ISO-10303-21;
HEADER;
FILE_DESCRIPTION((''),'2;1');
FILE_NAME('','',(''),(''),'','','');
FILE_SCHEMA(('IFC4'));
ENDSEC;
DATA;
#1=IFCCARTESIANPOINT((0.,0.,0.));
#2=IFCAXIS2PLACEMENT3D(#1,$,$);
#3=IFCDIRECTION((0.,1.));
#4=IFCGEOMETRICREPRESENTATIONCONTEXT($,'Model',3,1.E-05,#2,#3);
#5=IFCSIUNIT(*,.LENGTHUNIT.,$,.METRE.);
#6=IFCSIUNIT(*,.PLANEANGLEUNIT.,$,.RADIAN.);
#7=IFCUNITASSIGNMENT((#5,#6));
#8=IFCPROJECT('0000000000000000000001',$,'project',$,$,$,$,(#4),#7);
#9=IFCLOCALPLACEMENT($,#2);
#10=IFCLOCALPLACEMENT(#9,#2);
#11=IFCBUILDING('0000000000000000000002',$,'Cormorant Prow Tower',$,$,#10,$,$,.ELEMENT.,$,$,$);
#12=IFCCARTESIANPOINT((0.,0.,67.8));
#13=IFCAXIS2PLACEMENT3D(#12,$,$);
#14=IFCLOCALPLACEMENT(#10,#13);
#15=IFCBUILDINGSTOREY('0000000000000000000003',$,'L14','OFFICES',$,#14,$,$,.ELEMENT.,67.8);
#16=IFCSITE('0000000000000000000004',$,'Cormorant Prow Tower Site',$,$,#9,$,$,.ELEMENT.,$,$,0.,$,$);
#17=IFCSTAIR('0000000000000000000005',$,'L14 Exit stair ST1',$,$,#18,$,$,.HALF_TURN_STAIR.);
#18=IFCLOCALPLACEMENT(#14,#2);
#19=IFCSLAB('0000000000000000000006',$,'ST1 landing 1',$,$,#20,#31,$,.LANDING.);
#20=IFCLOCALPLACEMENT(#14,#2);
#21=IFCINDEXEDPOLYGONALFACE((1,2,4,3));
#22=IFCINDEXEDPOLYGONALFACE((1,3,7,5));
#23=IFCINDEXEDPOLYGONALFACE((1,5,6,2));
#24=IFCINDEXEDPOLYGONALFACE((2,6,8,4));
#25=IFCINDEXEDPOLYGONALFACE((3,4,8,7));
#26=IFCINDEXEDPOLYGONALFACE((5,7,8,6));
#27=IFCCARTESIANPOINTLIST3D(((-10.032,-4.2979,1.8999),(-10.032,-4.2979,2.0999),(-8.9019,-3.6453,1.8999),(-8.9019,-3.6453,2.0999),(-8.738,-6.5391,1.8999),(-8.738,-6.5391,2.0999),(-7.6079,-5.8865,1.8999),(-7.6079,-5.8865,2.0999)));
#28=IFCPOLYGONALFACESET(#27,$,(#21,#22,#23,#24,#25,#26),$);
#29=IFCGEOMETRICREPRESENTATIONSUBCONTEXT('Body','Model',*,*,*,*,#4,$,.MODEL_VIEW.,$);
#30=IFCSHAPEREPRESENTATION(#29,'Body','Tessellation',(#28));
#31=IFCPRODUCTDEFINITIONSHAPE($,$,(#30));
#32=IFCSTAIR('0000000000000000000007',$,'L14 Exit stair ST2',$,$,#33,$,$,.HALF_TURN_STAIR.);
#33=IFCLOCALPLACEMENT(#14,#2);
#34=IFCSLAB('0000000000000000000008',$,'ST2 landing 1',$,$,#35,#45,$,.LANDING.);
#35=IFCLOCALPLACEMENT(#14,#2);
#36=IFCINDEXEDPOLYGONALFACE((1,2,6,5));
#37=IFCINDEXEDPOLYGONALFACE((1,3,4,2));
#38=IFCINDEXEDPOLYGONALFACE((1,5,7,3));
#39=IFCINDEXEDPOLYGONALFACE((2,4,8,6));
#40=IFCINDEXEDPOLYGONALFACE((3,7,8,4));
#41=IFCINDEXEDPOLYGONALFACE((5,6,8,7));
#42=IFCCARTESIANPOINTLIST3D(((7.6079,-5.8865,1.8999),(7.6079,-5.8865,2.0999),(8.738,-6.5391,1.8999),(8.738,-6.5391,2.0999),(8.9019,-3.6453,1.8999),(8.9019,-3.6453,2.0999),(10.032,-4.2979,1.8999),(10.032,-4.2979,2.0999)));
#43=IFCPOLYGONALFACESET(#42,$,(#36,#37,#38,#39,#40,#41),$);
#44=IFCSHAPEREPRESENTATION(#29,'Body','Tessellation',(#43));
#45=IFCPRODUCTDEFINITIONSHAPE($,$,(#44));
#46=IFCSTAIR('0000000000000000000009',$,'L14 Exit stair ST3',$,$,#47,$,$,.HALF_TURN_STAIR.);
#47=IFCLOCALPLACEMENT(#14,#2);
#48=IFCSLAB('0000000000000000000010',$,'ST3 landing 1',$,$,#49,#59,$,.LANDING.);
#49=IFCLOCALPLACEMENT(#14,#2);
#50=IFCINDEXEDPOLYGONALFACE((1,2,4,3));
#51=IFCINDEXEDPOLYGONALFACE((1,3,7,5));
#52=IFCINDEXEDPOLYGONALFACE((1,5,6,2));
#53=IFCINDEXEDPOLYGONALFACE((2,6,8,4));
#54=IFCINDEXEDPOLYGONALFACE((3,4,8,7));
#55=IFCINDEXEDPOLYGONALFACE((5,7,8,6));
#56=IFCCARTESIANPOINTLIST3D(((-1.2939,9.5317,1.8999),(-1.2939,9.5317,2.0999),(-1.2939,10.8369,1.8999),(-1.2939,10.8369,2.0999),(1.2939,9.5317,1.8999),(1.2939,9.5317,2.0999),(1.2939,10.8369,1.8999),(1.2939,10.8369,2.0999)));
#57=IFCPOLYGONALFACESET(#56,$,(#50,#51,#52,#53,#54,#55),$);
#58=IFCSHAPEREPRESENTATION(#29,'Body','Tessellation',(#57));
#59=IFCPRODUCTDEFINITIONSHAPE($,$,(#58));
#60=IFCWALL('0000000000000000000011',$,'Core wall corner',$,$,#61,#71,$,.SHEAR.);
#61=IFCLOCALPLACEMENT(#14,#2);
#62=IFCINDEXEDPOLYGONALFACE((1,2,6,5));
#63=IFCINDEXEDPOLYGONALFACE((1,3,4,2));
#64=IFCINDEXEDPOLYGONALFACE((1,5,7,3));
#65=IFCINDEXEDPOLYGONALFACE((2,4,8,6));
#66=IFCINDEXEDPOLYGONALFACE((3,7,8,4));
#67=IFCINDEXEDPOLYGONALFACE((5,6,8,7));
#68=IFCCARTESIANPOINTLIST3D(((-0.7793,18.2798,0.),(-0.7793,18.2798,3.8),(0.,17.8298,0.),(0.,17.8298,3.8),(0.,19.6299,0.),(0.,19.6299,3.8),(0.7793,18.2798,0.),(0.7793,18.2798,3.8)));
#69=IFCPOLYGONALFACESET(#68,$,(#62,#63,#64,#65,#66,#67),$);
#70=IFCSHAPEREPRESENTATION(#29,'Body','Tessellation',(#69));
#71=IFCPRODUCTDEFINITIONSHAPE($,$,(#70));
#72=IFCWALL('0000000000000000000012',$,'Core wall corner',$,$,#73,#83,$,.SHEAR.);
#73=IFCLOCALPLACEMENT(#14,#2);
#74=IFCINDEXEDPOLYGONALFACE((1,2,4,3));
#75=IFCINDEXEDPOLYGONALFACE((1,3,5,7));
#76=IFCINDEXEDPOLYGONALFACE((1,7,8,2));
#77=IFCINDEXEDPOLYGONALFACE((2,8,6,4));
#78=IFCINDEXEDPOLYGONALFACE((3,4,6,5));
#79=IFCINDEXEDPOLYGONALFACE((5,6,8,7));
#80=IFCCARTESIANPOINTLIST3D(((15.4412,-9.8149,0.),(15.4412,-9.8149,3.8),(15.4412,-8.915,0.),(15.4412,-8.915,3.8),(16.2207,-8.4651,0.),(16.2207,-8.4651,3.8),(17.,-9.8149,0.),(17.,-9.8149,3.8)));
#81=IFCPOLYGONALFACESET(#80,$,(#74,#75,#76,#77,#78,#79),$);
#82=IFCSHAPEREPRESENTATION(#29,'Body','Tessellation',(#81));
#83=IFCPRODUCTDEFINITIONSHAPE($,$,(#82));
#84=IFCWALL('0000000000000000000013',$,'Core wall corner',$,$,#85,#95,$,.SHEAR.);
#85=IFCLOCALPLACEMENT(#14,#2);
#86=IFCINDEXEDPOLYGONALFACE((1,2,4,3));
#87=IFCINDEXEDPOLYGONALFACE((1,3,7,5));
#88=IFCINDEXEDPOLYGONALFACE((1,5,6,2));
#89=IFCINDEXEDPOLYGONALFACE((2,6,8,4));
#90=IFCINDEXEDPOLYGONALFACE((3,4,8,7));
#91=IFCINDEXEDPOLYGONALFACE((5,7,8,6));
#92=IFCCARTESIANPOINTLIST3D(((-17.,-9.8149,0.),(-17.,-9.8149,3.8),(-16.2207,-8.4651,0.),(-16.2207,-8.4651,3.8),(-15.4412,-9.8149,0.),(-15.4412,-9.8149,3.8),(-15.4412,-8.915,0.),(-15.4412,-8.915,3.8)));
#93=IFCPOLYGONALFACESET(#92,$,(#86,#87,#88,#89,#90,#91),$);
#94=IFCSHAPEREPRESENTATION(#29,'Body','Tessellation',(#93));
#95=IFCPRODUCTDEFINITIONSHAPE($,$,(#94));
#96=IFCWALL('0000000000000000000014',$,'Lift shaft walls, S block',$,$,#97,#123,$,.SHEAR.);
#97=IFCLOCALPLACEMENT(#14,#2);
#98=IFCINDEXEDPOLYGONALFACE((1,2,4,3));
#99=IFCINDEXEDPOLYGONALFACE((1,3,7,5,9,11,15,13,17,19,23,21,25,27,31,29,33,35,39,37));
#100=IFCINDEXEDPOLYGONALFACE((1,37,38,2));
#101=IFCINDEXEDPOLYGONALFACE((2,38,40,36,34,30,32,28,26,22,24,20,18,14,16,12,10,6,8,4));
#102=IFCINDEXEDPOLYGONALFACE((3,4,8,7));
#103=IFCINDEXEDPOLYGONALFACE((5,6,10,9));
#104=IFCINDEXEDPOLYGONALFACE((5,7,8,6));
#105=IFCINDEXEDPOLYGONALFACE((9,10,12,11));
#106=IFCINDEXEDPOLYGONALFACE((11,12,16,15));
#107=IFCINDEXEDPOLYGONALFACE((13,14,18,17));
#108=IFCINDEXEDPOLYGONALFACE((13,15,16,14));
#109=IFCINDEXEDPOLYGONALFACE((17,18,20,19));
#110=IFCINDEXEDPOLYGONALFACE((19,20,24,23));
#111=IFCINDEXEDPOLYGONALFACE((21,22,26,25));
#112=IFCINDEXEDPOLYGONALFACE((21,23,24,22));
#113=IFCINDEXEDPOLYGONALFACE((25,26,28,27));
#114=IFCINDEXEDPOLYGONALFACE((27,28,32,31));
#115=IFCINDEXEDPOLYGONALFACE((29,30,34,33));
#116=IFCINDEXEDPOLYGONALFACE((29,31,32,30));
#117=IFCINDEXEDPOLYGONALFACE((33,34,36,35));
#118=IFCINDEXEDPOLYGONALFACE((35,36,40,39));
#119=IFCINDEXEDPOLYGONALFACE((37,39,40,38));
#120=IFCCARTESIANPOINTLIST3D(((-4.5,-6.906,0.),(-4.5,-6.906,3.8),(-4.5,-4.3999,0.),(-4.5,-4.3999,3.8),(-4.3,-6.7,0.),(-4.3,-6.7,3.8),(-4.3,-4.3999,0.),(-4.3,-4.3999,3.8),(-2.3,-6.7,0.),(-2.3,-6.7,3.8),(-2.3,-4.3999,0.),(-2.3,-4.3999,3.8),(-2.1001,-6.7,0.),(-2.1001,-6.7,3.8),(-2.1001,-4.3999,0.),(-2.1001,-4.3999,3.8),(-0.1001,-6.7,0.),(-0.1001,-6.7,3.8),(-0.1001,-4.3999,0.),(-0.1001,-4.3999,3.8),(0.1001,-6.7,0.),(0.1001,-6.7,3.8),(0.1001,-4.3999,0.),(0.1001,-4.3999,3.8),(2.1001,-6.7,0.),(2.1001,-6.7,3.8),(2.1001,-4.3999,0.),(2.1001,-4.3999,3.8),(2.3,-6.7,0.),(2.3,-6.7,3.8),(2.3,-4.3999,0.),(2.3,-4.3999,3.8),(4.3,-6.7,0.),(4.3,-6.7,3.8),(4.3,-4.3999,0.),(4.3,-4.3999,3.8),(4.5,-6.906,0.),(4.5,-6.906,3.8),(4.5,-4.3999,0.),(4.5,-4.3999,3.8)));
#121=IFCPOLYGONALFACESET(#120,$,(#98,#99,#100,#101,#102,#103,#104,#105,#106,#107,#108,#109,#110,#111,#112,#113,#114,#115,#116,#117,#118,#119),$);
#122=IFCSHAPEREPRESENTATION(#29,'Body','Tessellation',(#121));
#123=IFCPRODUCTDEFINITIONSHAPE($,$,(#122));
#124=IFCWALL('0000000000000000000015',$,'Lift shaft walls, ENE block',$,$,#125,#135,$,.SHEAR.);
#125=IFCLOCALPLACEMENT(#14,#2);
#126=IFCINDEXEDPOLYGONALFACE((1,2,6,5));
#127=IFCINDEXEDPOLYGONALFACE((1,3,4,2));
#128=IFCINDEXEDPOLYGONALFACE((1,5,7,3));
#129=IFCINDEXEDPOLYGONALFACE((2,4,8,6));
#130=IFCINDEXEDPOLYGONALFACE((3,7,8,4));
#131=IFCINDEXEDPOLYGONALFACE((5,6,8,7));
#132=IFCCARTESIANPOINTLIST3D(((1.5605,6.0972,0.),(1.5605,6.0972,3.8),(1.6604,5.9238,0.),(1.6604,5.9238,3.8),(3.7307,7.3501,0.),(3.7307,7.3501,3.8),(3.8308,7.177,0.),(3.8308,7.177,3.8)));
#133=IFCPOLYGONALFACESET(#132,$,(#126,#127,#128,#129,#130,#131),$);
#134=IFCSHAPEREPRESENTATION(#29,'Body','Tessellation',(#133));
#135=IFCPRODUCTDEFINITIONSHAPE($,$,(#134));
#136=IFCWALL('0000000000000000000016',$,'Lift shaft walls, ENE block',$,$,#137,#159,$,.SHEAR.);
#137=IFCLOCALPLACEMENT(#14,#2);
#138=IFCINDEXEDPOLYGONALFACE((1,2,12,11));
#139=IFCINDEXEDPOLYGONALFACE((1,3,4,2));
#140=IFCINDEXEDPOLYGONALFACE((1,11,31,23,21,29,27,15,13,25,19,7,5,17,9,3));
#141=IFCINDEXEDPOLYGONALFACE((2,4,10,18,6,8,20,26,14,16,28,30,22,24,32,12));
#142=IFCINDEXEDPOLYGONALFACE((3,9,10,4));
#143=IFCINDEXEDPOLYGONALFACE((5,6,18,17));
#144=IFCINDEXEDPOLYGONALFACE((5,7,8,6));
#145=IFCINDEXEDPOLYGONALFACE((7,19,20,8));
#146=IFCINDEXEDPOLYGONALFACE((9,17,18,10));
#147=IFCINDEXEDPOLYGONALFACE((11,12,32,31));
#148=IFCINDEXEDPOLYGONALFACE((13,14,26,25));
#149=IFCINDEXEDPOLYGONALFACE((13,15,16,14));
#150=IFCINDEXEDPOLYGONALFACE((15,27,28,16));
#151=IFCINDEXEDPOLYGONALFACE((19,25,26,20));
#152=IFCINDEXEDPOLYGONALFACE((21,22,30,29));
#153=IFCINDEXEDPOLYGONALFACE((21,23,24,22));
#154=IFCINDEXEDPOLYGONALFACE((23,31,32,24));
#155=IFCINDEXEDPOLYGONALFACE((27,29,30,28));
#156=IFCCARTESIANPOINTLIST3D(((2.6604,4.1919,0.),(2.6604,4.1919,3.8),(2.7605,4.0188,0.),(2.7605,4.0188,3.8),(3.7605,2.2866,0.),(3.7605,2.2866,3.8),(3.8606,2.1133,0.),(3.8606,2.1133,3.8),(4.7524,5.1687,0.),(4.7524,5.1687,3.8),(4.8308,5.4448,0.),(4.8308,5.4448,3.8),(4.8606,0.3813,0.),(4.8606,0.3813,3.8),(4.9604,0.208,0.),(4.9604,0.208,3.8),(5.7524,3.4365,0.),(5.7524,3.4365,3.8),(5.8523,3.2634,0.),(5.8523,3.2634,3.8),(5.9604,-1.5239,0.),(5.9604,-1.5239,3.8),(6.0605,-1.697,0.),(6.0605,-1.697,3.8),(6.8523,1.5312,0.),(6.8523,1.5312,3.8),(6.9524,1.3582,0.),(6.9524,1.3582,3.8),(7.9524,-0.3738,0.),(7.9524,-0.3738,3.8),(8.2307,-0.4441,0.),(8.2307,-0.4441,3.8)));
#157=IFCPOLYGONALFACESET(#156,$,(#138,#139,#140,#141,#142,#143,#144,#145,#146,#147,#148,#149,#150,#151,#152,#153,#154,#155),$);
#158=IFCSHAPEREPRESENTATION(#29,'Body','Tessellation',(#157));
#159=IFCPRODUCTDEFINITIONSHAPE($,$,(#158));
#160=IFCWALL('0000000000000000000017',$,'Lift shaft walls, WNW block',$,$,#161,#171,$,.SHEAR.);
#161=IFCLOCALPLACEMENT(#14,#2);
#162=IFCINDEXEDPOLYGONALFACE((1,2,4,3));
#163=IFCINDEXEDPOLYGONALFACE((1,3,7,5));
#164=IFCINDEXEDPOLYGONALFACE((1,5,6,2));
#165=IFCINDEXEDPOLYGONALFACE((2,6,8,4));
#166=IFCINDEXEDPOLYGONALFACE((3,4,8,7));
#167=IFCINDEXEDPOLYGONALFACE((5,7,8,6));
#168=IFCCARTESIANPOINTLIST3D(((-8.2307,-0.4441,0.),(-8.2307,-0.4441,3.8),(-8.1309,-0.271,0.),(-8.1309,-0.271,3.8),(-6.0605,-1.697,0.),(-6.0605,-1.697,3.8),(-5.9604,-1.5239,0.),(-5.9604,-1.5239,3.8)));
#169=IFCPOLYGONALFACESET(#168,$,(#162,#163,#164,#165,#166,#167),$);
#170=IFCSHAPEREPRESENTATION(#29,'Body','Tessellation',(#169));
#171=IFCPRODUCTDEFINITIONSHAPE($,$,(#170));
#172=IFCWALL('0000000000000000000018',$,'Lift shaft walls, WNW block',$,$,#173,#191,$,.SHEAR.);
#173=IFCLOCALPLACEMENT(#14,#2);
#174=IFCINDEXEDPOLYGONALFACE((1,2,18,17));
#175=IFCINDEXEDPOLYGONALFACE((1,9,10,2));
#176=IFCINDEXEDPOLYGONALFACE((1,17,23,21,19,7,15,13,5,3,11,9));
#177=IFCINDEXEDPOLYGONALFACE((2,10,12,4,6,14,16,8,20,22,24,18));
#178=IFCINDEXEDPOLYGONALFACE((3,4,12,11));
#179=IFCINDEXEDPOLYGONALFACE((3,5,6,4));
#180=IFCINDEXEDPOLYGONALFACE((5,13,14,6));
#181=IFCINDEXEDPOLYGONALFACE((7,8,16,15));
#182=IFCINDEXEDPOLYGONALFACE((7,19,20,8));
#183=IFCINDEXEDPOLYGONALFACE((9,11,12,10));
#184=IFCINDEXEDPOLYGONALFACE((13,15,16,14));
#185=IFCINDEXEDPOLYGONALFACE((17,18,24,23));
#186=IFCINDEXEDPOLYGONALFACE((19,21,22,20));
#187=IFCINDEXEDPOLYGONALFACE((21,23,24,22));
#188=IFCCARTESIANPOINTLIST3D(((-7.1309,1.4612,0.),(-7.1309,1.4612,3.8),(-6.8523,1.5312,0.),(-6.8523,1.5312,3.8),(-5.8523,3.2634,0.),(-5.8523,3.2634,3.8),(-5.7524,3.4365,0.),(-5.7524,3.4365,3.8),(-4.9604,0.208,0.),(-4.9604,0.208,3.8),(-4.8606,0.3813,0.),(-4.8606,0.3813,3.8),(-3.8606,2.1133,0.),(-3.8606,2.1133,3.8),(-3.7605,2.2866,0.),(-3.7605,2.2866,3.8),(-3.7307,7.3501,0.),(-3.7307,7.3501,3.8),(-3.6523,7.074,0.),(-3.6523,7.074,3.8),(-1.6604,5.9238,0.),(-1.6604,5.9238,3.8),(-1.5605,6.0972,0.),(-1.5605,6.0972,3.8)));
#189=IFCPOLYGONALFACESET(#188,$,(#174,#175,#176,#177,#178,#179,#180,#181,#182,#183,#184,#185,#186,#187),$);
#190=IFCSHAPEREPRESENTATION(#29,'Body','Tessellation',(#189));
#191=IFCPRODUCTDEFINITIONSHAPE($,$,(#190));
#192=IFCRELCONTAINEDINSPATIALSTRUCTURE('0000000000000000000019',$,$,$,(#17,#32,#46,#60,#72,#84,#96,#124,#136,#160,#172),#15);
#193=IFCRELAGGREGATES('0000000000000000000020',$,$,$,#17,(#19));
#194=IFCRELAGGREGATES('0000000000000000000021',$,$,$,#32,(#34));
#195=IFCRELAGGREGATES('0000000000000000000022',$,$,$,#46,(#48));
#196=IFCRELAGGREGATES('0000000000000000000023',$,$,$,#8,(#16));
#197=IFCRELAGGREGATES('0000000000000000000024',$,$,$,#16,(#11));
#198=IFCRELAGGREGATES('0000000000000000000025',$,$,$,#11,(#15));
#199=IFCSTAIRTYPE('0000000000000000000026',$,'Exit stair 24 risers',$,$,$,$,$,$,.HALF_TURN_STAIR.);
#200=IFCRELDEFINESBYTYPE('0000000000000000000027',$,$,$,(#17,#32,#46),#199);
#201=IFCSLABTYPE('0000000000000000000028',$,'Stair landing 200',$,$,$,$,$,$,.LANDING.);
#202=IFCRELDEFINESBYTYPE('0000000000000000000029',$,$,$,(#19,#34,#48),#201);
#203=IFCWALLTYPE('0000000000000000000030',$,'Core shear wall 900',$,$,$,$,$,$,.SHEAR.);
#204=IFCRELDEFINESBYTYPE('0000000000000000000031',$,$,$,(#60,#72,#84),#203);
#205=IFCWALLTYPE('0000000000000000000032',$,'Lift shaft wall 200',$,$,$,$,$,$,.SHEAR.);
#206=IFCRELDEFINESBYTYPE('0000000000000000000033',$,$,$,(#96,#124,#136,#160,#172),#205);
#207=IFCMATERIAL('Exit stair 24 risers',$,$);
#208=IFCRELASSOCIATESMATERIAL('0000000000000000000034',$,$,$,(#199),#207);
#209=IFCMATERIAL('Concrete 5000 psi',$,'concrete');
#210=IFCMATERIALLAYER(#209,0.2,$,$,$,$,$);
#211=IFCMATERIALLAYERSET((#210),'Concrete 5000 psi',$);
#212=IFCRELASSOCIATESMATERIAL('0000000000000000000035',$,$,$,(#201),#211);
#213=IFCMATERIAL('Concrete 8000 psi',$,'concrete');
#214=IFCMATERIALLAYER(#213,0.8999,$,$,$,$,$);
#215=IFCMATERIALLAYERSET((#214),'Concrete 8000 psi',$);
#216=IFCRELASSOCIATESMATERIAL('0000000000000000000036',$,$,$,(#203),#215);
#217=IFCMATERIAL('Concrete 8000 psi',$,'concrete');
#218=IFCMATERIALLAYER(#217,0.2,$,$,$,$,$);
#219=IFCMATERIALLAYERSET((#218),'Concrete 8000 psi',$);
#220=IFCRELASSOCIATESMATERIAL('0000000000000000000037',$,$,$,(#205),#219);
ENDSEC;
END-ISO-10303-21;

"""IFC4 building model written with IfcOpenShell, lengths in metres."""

from ifc_helpers import new_model, si_unit, direction, frame, origin, place, context, subcontext, project, spatial, polyline, outline, extrude, material, layer, layer_set, type_object, element, aggregate, save


model = new_model("IFC4")

# Units and contexts
model_context = context("Model", 3, precision=1e-05, world=origin(), true_north=direction((0.0, 1.0)))
body_context = subcontext(model_context, "Body", "Model", "MODEL_VIEW")
ifc_project = project(units=[si_unit("LENGTHUNIT", "METRE"), si_unit("PLANEANGLEUNIT", "RADIAN")], contexts=[model_context])

# Site, building, storey
site_placement = place(None, origin())
site = spatial("IfcSite", under=ifc_project, at=site_placement, Name="Cormorant Prow Tower Site", CompositionType="ELEMENT", RefElevation=0.0)
building_placement = place(site_placement, origin())
building = spatial("IfcBuilding", under=site, at=building_placement, Name="Cormorant Prow Tower", CompositionType="ELEMENT")
storey_placement = place(building_placement, frame((0.0, 0.0, 67.8)))
storey = spatial("IfcBuildingStorey", under=building, at=storey_placement, Name="L14", Description="OFFICES", CompositionType="ELEMENT", Elevation=67.8)

# Stairs, slabs
ifc_material_1 = material(Name="Exit stair 24 risers")
stair_type = type_object("IfcStairType", Name="Exit stair 24 risers", PredefinedType="HALF_TURN_STAIR", material=ifc_material_1)
stair_1_placement = place(storey_placement, origin())
stair_1 = element("IfcStair", 1, at=stair_1_placement, inside=storey, type_object=stair_type, Name="L14 Exit stair ST1", PredefinedType="HALF_TURN_STAIR")
ifc_material_2 = material(Name="Concrete 5000 psi", Category="concrete")
ifc_layer_1 = layer(ifc_material_2, 0.2)
ifc_layer_set_1 = layer_set([ifc_layer_1], Name="Concrete 5000 psi")
slab_type = type_object("IfcSlabType", Name="Stair landing 200", PredefinedType="LANDING", material=ifc_layer_set_1)
slab_1_placement = place(storey_placement, frame((0.0, 0.0, 1.8999)))
slab_1 = element("IfcSlab", 2, at=slab_1_placement, type_object=slab_type, Name="ST1 landing 1", PredefinedType="LANDING", context=body_context, shape_type="SweptSolid", body=[
    extrude(outline(polyline([(-8.9019, -3.6453), (-10.032, -4.2979), (-8.738, -6.5391), (-7.6079, -5.8865), (-8.9019, -3.6453)])), origin(), (0.0, 0.0, 1.0), 0.2),
])
aggregate(stair_1, [slab_1])
stair_2_placement = place(storey_placement, origin())
stair_2 = element("IfcStair", 3, at=stair_2_placement, inside=storey, type_object=stair_type, Name="L14 Exit stair ST2", PredefinedType="HALF_TURN_STAIR")
slab_2_placement = place(storey_placement, frame((0.0, 0.0, 1.8999)))
slab_2 = element("IfcSlab", 4, at=slab_2_placement, type_object=slab_type, Name="ST2 landing 1", PredefinedType="LANDING", context=body_context, shape_type="SweptSolid", body=[
    extrude(outline(polyline([(7.6079, -5.8865), (8.738, -6.5391), (10.032, -4.2979), (8.9019, -3.6453), (7.6079, -5.8865)])), origin(), (0.0, 0.0, 1.0), 0.2),
])
aggregate(stair_2, [slab_2])
stair_3_placement = place(storey_placement, origin())
stair_3 = element("IfcStair", 5, at=stair_3_placement, inside=storey, type_object=stair_type, Name="L14 Exit stair ST3", PredefinedType="HALF_TURN_STAIR")
slab_3_placement = place(storey_placement, frame((0.0, 0.0, 1.8999)))
slab_3 = element("IfcSlab", 6, at=slab_3_placement, type_object=slab_type, Name="ST3 landing 1", PredefinedType="LANDING", context=body_context, shape_type="SweptSolid", body=[
    extrude(outline(polyline([(1.2939, 9.5317), (1.2939, 10.8369), (-1.2939, 10.8369), (-1.2939, 9.5317), (1.2939, 9.5317)])), origin(), (0.0, 0.0, 1.0), 0.2),
])
aggregate(stair_3, [slab_3])

# Walls
ifc_material_3 = material(Name="Concrete 8000 psi", Category="concrete")
ifc_layer_2 = layer(ifc_material_3, 0.8999)
ifc_layer_set_2 = layer_set([ifc_layer_2], Name="Concrete 8000 psi")
wall_type_1 = type_object("IfcWallType", Name="Core shear wall 900", PredefinedType="SHEAR", material=ifc_layer_set_2)
wall_1_placement = place(storey_placement, origin())
element("IfcWall", 7, at=wall_1_placement, inside=storey, type_object=wall_type_1, Name="Core wall corner", PredefinedType="SHEAR", context=body_context, shape_type="SweptSolid", body=[
    extrude(outline(polyline([(-0.7793, 18.2798), (0.0, 19.6299), (0.7793, 18.2798), (0.0, 17.8298), (-0.7793, 18.2798)])), origin(), (0.0, 0.0, 1.0), 3.8),
])
wall_2_placement = place(storey_placement, origin())
element("IfcWall", 8, at=wall_2_placement, inside=storey, type_object=wall_type_1, Name="Core wall corner", PredefinedType="SHEAR", context=body_context, shape_type="SweptSolid", body=[
    extrude(outline(polyline([(15.4412, -9.8149), (15.4412, -8.915), (16.2207, -8.4651), (17.0, -9.8149), (15.4412, -9.8149)])), origin(), (0.0, 0.0, 1.0), 3.8),
])
wall_3_placement = place(storey_placement, origin())
element("IfcWall", 9, at=wall_3_placement, inside=storey, type_object=wall_type_1, Name="Core wall corner", PredefinedType="SHEAR", context=body_context, shape_type="SweptSolid", body=[
    extrude(outline(polyline([(-16.2207, -8.4651), (-15.4412, -8.915), (-15.4412, -9.8149), (-17.0, -9.8149), (-16.2207, -8.4651)])), origin(), (0.0, 0.0, 1.0), 3.8),
])
ifc_material_4 = material(Name="Concrete 8000 psi", Category="concrete")
ifc_layer_3 = layer(ifc_material_4, 0.2)
ifc_layer_set_3 = layer_set([ifc_layer_3], Name="Concrete 8000 psi")
wall_type_2 = type_object("IfcWallType", Name="Lift shaft wall 200", PredefinedType="SHEAR", material=ifc_layer_set_3)
wall_4_placement = place(storey_placement, origin())
element("IfcWall", 10, at=wall_4_placement, inside=storey, type_object=wall_type_2, Name="Lift shaft walls, S block", PredefinedType="SHEAR", context=body_context, shape_type="SweptSolid", body=[
    extrude(outline(polyline([(4.5, -4.3999), (4.5, -6.906), (-4.5, -6.906), (-4.5, -4.3999), (-4.3, -4.3999), (-4.3, -6.7), (-2.3, -6.7), (-2.3, -4.3999), (-2.1001, -4.3999), (-2.1001, -6.7), (-0.1001, -6.7), (-0.1001, -4.3999), (0.1001, -4.3999), (0.1001, -6.7), (2.1001, -6.7), (2.1001, -4.3999), (2.3, -4.3999), (2.3, -6.7), (4.3, -6.7), (4.3, -4.3999), (4.5, -4.3999)])), origin(), (0.0, 0.0, 1.0), 3.8),
])
wall_5_placement = place(storey_placement, origin())
element("IfcWall", 11, at=wall_5_placement, inside=storey, type_object=wall_type_2, Name="Lift shaft walls, ENE block", PredefinedType="SHEAR", context=body_context, shape_type="SweptSolid", body=[
    extrude(outline(polyline([(1.5605, 6.0972), (3.7307, 7.3501), (3.8308, 7.177), (1.6604, 5.9238), (1.5605, 6.0972)])), origin(), (0.0, 0.0, 1.0), 3.8),
])
wall_6_placement = place(storey_placement, origin())
element("IfcWall", 12, at=wall_6_placement, inside=storey, type_object=wall_type_2, Name="Lift shaft walls, ENE block", PredefinedType="SHEAR", context=body_context, shape_type="SweptSolid", body=[
    extrude(outline(polyline([(2.6604, 4.1919), (4.8308, 5.4448), (8.2307, -0.4441), (6.0605, -1.697), (5.9604, -1.5239), (7.9524, -0.3738), (6.9524, 1.3582), (4.9604, 0.208), (4.8606, 0.3813), (6.8523, 1.5312), (5.8523, 3.2634), (3.8606, 2.1133), (3.7605, 2.2866), (5.7524, 3.4365), (4.7524, 5.1687), (2.7605, 4.0188), (2.6604, 4.1919)])), origin(), (0.0, 0.0, 1.0), 3.8),
])
wall_7_placement = place(storey_placement, origin())
element("IfcWall", 13, at=wall_7_placement, inside=storey, type_object=wall_type_2, Name="Lift shaft walls, WNW block", PredefinedType="SHEAR", context=body_context, shape_type="SweptSolid", body=[
    extrude(outline(polyline([(-6.0605, -1.697), (-8.2307, -0.4441), (-8.1309, -0.271), (-5.9604, -1.5239), (-6.0605, -1.697)])), origin(), (0.0, 0.0, 1.0), 3.8),
])
wall_8_placement = place(storey_placement, origin())
element("IfcWall", 14, at=wall_8_placement, inside=storey, type_object=wall_type_2, Name="Lift shaft walls, WNW block", PredefinedType="SHEAR", context=body_context, shape_type="SweptSolid", body=[
    extrude(outline(polyline([(-4.9604, 0.208), (-7.1309, 1.4612), (-3.7307, 7.3501), (-1.5605, 6.0972), (-1.6604, 5.9238), (-3.6523, 7.074), (-5.7524, 3.4365), (-3.7605, 2.2866), (-3.8606, 2.1133), (-5.8523, 3.2634), (-6.8523, 1.5312), (-4.8606, 0.3813), (-4.9604, 0.208)])), origin(), (0.0, 0.0, 1.0), 3.8),
])

save(model, "model.ifc")
